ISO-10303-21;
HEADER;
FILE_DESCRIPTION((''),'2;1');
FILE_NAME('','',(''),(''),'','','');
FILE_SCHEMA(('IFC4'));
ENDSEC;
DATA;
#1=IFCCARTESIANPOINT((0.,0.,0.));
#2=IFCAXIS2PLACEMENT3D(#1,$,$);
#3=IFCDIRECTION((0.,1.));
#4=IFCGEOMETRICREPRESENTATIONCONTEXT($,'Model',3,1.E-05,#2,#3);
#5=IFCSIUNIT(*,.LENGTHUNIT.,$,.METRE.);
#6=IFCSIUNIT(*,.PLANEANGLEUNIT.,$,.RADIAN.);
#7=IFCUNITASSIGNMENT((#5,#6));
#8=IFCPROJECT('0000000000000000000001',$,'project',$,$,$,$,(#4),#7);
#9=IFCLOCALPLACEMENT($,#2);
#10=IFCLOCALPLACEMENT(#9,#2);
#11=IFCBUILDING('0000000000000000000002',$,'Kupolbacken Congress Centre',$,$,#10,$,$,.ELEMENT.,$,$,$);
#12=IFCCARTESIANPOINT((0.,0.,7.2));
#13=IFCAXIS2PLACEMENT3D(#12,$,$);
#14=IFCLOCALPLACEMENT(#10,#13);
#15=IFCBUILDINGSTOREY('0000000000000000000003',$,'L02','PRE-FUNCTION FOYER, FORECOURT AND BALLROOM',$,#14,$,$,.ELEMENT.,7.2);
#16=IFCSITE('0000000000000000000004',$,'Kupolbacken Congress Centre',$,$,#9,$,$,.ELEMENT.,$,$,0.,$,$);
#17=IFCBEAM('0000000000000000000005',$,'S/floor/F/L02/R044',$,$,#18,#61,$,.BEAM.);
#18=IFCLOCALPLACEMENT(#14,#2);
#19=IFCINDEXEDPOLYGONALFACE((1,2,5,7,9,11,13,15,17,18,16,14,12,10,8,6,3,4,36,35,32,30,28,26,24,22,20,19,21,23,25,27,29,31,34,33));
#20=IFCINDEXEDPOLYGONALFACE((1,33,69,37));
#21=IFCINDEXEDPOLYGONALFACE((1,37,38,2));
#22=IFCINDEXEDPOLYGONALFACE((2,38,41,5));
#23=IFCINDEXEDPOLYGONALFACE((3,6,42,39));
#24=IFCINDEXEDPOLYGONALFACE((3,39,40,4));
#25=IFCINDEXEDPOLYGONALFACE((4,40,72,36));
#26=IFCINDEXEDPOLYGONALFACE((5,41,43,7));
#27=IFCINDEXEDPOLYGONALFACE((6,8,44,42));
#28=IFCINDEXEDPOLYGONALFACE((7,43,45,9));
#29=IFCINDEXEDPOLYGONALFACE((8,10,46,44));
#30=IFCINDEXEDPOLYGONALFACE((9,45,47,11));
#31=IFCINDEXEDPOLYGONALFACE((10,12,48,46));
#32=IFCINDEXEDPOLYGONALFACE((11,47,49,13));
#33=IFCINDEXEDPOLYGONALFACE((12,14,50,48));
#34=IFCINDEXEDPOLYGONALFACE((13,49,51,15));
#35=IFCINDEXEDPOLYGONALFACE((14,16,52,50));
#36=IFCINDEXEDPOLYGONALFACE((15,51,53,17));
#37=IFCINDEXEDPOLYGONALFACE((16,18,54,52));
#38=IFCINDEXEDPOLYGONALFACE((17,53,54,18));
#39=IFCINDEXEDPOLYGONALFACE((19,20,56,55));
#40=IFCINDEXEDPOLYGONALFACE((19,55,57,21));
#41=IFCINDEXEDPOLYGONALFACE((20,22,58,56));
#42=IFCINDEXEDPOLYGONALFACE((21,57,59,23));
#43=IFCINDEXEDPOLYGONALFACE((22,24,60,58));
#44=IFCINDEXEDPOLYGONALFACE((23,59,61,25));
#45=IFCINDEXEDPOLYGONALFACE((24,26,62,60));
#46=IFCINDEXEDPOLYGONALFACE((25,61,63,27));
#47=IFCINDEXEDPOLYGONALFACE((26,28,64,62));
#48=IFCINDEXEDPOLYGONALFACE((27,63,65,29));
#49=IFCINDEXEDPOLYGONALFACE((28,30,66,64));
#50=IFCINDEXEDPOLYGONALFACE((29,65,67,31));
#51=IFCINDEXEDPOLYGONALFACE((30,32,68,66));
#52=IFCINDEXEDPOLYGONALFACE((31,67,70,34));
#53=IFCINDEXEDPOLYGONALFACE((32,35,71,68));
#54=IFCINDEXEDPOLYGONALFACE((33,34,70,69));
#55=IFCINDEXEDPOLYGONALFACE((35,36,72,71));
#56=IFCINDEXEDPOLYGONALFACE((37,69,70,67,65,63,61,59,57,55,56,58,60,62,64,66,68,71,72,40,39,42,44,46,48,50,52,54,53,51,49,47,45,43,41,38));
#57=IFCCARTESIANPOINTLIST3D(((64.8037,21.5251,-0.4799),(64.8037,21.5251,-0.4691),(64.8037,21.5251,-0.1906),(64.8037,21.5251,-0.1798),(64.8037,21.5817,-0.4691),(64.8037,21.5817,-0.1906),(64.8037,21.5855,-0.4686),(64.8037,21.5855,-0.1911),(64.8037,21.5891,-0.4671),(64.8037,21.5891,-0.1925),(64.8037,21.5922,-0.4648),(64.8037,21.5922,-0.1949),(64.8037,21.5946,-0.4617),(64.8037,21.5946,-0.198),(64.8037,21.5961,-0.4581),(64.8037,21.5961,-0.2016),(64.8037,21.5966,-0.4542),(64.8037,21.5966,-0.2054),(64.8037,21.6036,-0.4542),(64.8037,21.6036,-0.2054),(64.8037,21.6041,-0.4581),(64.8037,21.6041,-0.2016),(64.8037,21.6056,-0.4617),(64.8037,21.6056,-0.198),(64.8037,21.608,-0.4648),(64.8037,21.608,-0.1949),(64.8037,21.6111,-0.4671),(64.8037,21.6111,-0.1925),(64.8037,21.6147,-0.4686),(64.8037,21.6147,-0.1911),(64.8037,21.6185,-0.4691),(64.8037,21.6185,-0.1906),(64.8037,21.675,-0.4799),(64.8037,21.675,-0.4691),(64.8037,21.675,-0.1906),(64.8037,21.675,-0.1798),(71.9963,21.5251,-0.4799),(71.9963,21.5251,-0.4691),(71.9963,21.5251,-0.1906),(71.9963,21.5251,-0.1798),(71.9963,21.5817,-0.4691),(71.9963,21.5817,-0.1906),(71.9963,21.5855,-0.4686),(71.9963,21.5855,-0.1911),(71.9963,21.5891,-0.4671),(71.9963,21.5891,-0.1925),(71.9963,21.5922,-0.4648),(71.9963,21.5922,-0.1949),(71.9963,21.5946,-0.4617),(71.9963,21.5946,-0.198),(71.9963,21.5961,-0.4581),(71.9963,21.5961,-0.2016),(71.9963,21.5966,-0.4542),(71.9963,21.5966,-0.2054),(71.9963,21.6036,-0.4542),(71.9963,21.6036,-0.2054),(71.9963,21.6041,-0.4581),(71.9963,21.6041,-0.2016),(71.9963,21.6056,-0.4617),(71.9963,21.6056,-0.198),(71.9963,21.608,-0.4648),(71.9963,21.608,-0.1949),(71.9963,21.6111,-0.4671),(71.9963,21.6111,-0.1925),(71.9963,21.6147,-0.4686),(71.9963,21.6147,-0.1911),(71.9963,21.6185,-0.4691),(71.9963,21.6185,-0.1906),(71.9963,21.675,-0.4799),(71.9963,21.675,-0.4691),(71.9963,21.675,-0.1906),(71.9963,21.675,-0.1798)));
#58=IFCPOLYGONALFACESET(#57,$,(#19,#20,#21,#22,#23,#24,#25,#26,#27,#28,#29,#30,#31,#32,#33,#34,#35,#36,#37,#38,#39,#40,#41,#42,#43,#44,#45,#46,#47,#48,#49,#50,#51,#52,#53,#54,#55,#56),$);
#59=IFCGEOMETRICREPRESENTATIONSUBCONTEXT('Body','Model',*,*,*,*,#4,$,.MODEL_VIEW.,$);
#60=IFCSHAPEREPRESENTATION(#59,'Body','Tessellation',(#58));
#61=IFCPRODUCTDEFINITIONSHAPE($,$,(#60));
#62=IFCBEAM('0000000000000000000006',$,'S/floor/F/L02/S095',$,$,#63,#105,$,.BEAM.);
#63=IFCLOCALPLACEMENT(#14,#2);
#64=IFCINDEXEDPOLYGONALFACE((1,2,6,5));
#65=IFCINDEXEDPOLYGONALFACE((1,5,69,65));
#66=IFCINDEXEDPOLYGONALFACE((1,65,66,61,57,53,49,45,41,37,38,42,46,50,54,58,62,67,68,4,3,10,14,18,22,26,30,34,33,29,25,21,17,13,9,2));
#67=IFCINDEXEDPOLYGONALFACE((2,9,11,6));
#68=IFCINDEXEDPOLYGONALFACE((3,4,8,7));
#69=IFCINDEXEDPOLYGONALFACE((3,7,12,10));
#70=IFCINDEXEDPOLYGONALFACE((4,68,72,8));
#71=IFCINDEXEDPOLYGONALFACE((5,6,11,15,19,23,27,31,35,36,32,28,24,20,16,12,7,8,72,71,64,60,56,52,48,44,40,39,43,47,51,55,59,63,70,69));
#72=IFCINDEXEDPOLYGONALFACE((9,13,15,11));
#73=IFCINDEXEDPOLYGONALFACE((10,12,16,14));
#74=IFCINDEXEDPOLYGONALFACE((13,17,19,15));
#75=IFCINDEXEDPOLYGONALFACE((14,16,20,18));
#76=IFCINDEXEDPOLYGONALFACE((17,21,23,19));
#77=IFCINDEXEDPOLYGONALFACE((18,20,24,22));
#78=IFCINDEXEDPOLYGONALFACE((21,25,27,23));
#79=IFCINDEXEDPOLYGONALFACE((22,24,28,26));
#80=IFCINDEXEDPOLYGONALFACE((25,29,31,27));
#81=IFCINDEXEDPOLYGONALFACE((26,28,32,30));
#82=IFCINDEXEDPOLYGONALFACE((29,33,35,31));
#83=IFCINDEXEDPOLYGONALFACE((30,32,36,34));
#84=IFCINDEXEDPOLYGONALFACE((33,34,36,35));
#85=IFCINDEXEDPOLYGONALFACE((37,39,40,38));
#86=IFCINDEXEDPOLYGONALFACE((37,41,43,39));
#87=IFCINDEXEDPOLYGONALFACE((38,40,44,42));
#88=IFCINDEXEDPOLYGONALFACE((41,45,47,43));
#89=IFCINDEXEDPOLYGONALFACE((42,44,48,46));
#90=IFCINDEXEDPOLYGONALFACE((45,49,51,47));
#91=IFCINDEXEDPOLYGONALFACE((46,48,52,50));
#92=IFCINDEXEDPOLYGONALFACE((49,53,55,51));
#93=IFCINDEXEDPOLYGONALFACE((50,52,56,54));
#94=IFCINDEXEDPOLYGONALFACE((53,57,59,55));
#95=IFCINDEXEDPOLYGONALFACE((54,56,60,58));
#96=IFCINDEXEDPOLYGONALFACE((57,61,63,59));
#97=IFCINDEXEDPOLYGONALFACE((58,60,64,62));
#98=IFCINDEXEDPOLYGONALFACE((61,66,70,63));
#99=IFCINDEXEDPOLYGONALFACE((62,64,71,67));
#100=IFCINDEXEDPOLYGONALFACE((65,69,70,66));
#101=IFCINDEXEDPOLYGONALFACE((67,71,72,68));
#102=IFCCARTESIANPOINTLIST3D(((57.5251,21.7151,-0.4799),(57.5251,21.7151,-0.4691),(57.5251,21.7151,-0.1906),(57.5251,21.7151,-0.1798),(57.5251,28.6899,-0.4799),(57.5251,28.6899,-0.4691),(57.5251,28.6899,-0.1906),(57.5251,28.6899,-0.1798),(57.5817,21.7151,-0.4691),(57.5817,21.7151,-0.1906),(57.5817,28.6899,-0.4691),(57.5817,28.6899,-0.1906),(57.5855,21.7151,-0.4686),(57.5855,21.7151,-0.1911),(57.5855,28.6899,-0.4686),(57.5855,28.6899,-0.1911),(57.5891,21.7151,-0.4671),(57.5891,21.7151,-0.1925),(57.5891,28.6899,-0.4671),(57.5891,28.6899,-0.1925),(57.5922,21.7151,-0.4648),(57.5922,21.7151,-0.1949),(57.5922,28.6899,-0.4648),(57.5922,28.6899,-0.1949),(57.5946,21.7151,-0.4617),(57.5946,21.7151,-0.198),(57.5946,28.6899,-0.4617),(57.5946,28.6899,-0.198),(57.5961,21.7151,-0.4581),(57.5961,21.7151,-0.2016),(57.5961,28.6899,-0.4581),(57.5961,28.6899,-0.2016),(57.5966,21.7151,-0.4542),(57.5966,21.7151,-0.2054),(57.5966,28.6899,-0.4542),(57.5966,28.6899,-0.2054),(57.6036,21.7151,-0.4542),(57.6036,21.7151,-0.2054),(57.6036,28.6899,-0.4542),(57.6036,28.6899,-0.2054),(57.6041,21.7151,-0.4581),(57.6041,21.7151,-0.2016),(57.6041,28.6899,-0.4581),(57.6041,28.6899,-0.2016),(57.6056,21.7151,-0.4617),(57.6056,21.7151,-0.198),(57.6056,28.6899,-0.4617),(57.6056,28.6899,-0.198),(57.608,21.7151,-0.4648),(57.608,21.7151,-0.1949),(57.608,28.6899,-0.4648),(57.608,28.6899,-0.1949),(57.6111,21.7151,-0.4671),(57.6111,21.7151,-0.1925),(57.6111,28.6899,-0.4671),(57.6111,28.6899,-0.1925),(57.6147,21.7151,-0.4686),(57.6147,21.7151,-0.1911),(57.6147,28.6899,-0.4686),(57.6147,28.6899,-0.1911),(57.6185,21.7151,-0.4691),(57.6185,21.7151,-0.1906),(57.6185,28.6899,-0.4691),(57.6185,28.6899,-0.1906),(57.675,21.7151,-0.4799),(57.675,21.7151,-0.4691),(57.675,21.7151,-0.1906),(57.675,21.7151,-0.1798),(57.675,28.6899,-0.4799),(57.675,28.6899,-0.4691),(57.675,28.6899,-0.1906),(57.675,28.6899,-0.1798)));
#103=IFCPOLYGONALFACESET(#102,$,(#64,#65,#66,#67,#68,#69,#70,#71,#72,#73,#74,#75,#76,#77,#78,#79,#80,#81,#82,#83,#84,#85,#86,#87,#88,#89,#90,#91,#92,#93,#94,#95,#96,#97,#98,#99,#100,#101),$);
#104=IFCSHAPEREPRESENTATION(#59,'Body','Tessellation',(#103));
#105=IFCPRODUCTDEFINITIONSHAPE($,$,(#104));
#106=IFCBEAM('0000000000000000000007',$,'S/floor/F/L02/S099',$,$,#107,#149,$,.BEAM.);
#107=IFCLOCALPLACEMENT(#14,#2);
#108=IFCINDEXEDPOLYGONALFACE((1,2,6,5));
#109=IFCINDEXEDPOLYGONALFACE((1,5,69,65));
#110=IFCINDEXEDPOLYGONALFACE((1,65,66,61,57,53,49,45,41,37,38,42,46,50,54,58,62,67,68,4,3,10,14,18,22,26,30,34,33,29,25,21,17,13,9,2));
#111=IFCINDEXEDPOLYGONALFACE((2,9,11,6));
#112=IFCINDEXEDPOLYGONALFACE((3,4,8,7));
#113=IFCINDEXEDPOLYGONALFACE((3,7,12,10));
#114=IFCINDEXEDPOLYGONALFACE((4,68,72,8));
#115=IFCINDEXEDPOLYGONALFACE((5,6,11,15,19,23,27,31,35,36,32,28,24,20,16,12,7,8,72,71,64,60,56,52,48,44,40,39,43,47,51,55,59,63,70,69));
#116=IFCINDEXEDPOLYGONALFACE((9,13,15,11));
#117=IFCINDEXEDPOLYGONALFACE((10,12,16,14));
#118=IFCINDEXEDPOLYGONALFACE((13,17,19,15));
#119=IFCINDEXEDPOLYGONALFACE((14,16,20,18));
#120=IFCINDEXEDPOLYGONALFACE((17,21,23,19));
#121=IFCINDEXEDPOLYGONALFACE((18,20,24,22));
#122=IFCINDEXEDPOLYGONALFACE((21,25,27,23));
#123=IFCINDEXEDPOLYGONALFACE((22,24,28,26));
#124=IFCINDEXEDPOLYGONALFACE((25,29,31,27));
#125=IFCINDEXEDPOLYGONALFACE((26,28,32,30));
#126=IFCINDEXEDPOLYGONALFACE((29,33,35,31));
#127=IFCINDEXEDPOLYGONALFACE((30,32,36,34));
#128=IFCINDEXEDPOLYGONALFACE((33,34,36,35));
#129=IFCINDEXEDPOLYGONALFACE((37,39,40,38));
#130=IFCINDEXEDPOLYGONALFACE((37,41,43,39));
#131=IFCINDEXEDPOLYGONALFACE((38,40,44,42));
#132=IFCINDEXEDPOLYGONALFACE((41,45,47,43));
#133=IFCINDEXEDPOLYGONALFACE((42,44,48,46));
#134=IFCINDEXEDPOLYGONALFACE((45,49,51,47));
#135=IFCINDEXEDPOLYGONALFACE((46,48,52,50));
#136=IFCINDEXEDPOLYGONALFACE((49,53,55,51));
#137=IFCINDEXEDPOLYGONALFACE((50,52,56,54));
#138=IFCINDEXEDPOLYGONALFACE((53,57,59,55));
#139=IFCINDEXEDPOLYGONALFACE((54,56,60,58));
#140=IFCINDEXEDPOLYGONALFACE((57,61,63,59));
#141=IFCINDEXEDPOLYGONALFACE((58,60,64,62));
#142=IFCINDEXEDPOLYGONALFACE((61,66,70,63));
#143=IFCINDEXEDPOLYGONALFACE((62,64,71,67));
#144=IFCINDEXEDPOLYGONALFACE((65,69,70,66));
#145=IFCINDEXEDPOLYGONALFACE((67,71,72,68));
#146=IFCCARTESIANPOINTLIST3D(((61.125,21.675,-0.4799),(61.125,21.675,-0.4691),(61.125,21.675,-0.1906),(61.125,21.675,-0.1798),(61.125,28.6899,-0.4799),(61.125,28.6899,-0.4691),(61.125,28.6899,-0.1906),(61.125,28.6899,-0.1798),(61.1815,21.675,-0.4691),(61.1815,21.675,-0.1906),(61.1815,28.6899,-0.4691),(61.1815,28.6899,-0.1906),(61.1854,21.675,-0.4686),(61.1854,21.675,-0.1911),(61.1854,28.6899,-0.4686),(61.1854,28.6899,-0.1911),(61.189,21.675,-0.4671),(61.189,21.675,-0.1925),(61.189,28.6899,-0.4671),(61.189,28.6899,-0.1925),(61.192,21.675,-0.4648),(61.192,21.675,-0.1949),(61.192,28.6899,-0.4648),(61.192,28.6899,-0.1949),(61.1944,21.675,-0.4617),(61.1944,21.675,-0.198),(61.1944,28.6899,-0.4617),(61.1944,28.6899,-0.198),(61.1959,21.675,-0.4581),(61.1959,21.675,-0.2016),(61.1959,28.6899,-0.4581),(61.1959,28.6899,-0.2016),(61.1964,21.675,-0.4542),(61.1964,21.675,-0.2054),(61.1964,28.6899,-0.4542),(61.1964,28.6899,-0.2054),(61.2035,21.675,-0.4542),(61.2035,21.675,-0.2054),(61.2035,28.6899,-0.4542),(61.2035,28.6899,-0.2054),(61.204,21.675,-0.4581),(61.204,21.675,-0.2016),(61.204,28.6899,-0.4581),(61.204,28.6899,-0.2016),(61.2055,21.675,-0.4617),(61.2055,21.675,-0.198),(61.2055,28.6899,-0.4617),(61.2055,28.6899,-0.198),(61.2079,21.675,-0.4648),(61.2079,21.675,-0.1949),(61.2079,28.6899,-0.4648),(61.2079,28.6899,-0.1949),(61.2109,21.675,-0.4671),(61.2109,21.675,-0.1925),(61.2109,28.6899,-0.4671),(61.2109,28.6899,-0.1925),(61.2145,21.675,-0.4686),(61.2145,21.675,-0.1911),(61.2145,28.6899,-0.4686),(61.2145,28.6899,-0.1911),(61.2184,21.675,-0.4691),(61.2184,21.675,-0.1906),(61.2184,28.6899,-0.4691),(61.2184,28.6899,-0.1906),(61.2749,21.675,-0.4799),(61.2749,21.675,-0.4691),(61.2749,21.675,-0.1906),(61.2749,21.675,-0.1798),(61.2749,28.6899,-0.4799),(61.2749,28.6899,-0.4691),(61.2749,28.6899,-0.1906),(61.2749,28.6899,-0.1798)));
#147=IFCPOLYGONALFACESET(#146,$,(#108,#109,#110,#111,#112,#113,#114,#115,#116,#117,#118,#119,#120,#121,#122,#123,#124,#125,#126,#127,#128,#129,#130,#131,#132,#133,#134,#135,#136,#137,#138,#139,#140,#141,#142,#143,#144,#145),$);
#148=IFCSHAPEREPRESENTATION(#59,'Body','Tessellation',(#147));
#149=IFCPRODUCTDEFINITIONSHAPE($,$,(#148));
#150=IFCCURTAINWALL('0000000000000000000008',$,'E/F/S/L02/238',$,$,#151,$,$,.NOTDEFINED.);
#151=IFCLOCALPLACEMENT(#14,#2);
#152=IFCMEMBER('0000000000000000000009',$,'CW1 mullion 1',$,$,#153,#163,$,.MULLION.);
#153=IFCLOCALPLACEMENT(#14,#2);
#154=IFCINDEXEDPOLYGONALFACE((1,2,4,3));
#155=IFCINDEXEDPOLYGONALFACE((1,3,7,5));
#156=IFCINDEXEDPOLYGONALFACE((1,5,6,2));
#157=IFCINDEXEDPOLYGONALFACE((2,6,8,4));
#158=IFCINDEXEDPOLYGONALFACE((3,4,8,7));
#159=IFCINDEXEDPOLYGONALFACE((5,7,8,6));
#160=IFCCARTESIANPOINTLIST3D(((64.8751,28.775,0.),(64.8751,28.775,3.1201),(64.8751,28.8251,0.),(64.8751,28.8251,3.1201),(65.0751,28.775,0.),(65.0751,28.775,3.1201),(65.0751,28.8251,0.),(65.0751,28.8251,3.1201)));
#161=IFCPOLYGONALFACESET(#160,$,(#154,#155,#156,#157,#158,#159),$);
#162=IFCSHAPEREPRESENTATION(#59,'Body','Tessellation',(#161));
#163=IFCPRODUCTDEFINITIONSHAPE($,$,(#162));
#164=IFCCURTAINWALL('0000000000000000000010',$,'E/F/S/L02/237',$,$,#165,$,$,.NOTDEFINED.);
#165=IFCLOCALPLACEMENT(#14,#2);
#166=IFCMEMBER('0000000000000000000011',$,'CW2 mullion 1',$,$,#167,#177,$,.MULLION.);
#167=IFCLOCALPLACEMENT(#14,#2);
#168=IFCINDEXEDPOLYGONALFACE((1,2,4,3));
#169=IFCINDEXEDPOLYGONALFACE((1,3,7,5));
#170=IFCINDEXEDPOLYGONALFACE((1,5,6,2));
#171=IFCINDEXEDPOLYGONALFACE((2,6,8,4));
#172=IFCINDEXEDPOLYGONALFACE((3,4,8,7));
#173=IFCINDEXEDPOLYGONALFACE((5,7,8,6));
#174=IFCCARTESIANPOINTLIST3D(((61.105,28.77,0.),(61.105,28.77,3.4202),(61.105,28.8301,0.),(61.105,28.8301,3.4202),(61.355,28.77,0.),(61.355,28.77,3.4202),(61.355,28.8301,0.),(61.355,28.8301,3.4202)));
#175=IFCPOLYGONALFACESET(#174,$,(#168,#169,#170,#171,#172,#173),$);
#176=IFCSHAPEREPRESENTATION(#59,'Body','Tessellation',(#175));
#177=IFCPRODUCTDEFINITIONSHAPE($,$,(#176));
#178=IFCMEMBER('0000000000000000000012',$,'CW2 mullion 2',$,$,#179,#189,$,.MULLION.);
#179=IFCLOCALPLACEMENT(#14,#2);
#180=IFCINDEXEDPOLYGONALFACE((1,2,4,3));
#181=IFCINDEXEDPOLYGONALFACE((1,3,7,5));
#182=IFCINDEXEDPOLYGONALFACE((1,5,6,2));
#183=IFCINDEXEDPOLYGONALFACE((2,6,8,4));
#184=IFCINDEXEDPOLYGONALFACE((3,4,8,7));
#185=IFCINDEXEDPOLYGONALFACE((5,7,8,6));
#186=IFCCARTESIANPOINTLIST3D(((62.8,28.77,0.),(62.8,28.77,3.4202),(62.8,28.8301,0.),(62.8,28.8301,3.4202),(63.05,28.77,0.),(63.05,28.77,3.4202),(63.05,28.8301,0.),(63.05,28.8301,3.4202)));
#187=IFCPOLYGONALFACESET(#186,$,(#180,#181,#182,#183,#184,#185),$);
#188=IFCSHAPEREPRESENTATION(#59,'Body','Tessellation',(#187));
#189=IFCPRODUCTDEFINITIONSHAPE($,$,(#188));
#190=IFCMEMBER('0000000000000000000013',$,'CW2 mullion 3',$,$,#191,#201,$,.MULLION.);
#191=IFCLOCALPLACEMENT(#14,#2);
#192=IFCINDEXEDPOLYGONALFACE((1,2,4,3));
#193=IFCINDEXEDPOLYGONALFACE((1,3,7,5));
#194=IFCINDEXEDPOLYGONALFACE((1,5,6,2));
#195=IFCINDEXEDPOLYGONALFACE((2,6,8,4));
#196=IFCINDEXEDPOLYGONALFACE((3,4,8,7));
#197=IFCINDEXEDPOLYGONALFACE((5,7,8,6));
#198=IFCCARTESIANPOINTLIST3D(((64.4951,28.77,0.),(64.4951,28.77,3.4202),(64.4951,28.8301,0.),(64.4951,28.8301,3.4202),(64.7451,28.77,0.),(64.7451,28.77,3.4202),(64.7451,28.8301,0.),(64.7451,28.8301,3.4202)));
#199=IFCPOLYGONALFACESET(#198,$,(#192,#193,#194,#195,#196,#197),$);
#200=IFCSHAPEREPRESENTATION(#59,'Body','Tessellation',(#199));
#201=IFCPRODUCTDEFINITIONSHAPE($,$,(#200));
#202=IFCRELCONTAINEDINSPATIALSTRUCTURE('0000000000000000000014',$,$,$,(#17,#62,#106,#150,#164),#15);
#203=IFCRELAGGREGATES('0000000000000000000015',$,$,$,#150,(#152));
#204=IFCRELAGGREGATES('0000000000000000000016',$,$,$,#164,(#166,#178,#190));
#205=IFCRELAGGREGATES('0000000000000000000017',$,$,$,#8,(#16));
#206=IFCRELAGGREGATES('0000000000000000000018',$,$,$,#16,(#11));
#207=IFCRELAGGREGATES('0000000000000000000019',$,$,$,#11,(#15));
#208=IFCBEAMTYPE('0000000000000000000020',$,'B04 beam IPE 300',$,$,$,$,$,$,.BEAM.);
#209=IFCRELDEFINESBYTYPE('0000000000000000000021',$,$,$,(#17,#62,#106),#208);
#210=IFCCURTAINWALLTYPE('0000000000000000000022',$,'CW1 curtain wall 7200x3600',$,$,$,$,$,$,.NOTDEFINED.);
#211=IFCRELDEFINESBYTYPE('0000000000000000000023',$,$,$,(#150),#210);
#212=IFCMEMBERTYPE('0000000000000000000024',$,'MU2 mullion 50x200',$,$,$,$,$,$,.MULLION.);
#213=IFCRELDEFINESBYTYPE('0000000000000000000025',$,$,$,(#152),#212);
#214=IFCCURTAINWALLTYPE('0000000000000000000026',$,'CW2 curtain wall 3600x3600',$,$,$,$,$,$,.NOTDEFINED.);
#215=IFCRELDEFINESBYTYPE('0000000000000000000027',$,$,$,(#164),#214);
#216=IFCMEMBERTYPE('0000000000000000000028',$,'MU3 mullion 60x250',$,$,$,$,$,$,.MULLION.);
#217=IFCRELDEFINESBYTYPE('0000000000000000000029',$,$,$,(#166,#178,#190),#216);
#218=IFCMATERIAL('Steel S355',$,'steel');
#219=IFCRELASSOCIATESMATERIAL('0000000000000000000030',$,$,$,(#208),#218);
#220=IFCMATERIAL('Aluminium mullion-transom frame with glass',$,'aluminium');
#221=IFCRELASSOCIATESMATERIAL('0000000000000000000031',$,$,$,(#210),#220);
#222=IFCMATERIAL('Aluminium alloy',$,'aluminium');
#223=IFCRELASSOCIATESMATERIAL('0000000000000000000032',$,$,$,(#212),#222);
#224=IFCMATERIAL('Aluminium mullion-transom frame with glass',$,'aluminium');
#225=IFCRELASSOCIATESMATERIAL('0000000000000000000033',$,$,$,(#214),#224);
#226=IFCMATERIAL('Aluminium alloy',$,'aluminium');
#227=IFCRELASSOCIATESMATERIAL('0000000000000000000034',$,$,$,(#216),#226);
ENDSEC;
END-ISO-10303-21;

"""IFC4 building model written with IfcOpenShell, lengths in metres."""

from ifc_helpers import new_model, si_unit, direction, frame, origin, origin_2d, place, context, subcontext, project, spatial, rectangle, i_section, extrude, material, material_profile, profile_set, type_object, element, aggregate, save


model = new_model("IFC4")

# Units and contexts
model_context = context("Model", 3, precision=1e-05, world=origin(), true_north=direction((0.0, 1.0)))
body_context = subcontext(model_context, "Body", "Model", "MODEL_VIEW")
ifc_project = project(units=[si_unit("LENGTHUNIT", "METRE"), si_unit("PLANEANGLEUNIT", "RADIAN")], contexts=[model_context])

# Site, building, storey
site_placement = place(None, origin())
site = spatial("IfcSite", under=ifc_project, at=site_placement, Name="Kupolbacken Congress Centre", CompositionType="ELEMENT", RefElevation=0.0)
building_placement = place(site_placement, origin())
building = spatial("IfcBuilding", under=site, at=building_placement, Name="Kupolbacken Congress Centre", CompositionType="ELEMENT")
storey_placement = place(building_placement, frame((0.0, 0.0, 7.2)))
storey = spatial("IfcBuildingStorey", under=building, at=storey_placement, Name="L02", Description="PRE-FUNCTION FOYER, FORECOURT AND BALLROOM", CompositionType="ELEMENT", Elevation=7.2)

# Beams
ifc_material_1 = material(Name="Steel S355", Category="steel")
ifc_material_profile_1 = material_profile(ifc_material_1, i_section(OverallWidth=0.1499, OverallDepth=0.3, WebThickness=0.0071, FlangeThickness=0.0107, FilletRadius=0.0149, at=origin_2d()), Name="IPE 300")
ifc_profile_set_1 = profile_set([ifc_material_profile_1], Name="Steel S355")
beam_type = type_object("IfcBeamType", Name="B04 beam IPE 300", PredefinedType="BEAM", material=ifc_profile_set_1)
beam_1_placement = place(storey_placement, frame((64.8037, 21.6001, -0.3298), z_axis=(1.0, 0.0, 0.0), x_axis=(0.0, 1.0, 0.0)))
element("IfcBeam", 1, at=beam_1_placement, inside=storey, type_object=beam_type, Name="S/floor/F/L02/R044", PredefinedType="BEAM", context=body_context, shape_type="SweptSolid", body=[
    extrude(i_section(OverallWidth=0.1499, OverallDepth=0.3, WebThickness=0.0071, FlangeThickness=0.0107, FilletRadius=0.0149, at=origin_2d()), origin(), (0.0, 0.0, 1.0), 7.1926),
])
beam_2_placement = place(storey_placement, frame((57.6001, 21.7151, -0.3298), z_axis=(0.0, 1.0, 0.0), x_axis=(-1.0, 0.0, 0.0)))
element("IfcBeam", 2, at=beam_2_placement, inside=storey, type_object=beam_type, Name="S/floor/F/L02/S095", PredefinedType="BEAM", context=body_context, shape_type="SweptSolid", body=[
    extrude(i_section(OverallWidth=0.1499, OverallDepth=0.3, WebThickness=0.0071, FlangeThickness=0.0107, FilletRadius=0.0149, at=origin_2d()), origin(), (0.0, 0.0, 1.0), 6.9749),
])
beam_3_placement = place(storey_placement, frame((61.2, 21.675, -0.3298), z_axis=(0.0, 1.0, 0.0), x_axis=(-1.0, 0.0, 0.0)))
element("IfcBeam", 3, at=beam_3_placement, inside=storey, type_object=beam_type, Name="S/floor/F/L02/S099", PredefinedType="BEAM", context=body_context, shape_type="SweptSolid", body=[
    extrude(i_section(OverallWidth=0.1499, OverallDepth=0.3, WebThickness=0.0071, FlangeThickness=0.0107, FilletRadius=0.0149, at=origin_2d()), origin(), (0.0, 0.0, 1.0), 7.0149),
])

# Curtain wall, member
ifc_material_2 = material(Name="Aluminium mullion-transom frame with glass", Category="aluminium")
curtain_wall_type_1 = type_object("IfcCurtainWallType", Name="CW1 curtain wall 7200x3600", PredefinedType="NOTDEFINED", material=ifc_material_2)
curtain_wall_1_placement = place(storey_placement, origin())
curtain_wall_1 = element("IfcCurtainWall", 4, at=curtain_wall_1_placement, inside=storey, type_object=curtain_wall_type_1, Name="E/F/S/L02/238", PredefinedType="NOTDEFINED")
ifc_material_3 = material(Name="Aluminium alloy", Category="aluminium")
ifc_material_profile_2 = material_profile(ifc_material_3, rectangle(XDim=0.05, YDim=0.2, at=origin_2d()), Name="50 x 200")
ifc_profile_set_2 = profile_set([ifc_material_profile_2], Name="Aluminium alloy")
member_type_1 = type_object("IfcMemberType", Name="MU2 mullion 50x200", PredefinedType="MULLION", material=ifc_profile_set_2)
member_1_placement = place(storey_placement, frame((64.9751, 28.8, 0.0), z_axis=(0.0, 0.0, 1.0), x_axis=(0.0, 1.0, 0.0)))
member_1 = element("IfcMember", 5, at=member_1_placement, type_object=member_type_1, Name="CW1 mullion 1", PredefinedType="MULLION", context=body_context, shape_type="SweptSolid", body=[
    extrude(rectangle(XDim=0.05, YDim=0.2, at=origin_2d()), origin(), (0.0, 0.0, 1.0), 3.1201),
])
aggregate(curtain_wall_1, [member_1])

# Curtain wall, members
ifc_material_4 = material(Name="Aluminium mullion-transom frame with glass", Category="aluminium")
curtain_wall_type_2 = type_object("IfcCurtainWallType", Name="CW2 curtain wall 3600x3600", PredefinedType="NOTDEFINED", material=ifc_material_4)
curtain_wall_2_placement = place(storey_placement, origin())
curtain_wall_2 = element("IfcCurtainWall", 6, at=curtain_wall_2_placement, inside=storey, type_object=curtain_wall_type_2, Name="E/F/S/L02/237", PredefinedType="NOTDEFINED")
ifc_material_5 = material(Name="Aluminium alloy", Category="aluminium")
ifc_material_profile_3 = material_profile(ifc_material_5, rectangle(XDim=0.0601, YDim=0.25, at=origin_2d()), Name="60 x 250")
ifc_profile_set_3 = profile_set([ifc_material_profile_3], Name="Aluminium alloy")
member_type_2 = type_object("IfcMemberType", Name="MU3 mullion 60x250", PredefinedType="MULLION", material=ifc_profile_set_3)
member_2_placement = place(storey_placement, frame((61.23, 28.8, 0.0), z_axis=(0.0, 0.0, 1.0), x_axis=(0.0, 1.0, 0.0)))
member_2 = element("IfcMember", 7, at=member_2_placement, type_object=member_type_2, Name="CW2 mullion 1", PredefinedType="MULLION", context=body_context, shape_type="SweptSolid", body=[
    extrude(rectangle(XDim=0.0601, YDim=0.25, at=origin_2d()), origin(), (0.0, 0.0, 1.0), 3.4202),
])
member_3_placement = place(storey_placement, frame((62.925, 28.8, 0.0), z_axis=(0.0, 0.0, 1.0), x_axis=(0.0, 1.0, 0.0)))
member_3 = element("IfcMember", 8, at=member_3_placement, type_object=member_type_2, Name="CW2 mullion 2", PredefinedType="MULLION", context=body_context, shape_type="SweptSolid", body=[
    extrude(rectangle(XDim=0.0601, YDim=0.25, at=origin_2d()), origin(), (0.0, 0.0, 1.0), 3.4202),
])
member_4_placement = place(storey_placement, frame((64.6201, 28.8, 0.0), z_axis=(0.0, 0.0, 1.0), x_axis=(0.0, 1.0, 0.0)))
member_4 = element("IfcMember", 9, at=member_4_placement, type_object=member_type_2, Name="CW2 mullion 3", PredefinedType="MULLION", context=body_context, shape_type="SweptSolid", body=[
    extrude(rectangle(XDim=0.0601, YDim=0.25, at=origin_2d()), origin(), (0.0, 0.0, 1.0), 3.4202),
])
aggregate(curtain_wall_2, [member_2, member_3, member_4])

save(model, "model.ifc")
